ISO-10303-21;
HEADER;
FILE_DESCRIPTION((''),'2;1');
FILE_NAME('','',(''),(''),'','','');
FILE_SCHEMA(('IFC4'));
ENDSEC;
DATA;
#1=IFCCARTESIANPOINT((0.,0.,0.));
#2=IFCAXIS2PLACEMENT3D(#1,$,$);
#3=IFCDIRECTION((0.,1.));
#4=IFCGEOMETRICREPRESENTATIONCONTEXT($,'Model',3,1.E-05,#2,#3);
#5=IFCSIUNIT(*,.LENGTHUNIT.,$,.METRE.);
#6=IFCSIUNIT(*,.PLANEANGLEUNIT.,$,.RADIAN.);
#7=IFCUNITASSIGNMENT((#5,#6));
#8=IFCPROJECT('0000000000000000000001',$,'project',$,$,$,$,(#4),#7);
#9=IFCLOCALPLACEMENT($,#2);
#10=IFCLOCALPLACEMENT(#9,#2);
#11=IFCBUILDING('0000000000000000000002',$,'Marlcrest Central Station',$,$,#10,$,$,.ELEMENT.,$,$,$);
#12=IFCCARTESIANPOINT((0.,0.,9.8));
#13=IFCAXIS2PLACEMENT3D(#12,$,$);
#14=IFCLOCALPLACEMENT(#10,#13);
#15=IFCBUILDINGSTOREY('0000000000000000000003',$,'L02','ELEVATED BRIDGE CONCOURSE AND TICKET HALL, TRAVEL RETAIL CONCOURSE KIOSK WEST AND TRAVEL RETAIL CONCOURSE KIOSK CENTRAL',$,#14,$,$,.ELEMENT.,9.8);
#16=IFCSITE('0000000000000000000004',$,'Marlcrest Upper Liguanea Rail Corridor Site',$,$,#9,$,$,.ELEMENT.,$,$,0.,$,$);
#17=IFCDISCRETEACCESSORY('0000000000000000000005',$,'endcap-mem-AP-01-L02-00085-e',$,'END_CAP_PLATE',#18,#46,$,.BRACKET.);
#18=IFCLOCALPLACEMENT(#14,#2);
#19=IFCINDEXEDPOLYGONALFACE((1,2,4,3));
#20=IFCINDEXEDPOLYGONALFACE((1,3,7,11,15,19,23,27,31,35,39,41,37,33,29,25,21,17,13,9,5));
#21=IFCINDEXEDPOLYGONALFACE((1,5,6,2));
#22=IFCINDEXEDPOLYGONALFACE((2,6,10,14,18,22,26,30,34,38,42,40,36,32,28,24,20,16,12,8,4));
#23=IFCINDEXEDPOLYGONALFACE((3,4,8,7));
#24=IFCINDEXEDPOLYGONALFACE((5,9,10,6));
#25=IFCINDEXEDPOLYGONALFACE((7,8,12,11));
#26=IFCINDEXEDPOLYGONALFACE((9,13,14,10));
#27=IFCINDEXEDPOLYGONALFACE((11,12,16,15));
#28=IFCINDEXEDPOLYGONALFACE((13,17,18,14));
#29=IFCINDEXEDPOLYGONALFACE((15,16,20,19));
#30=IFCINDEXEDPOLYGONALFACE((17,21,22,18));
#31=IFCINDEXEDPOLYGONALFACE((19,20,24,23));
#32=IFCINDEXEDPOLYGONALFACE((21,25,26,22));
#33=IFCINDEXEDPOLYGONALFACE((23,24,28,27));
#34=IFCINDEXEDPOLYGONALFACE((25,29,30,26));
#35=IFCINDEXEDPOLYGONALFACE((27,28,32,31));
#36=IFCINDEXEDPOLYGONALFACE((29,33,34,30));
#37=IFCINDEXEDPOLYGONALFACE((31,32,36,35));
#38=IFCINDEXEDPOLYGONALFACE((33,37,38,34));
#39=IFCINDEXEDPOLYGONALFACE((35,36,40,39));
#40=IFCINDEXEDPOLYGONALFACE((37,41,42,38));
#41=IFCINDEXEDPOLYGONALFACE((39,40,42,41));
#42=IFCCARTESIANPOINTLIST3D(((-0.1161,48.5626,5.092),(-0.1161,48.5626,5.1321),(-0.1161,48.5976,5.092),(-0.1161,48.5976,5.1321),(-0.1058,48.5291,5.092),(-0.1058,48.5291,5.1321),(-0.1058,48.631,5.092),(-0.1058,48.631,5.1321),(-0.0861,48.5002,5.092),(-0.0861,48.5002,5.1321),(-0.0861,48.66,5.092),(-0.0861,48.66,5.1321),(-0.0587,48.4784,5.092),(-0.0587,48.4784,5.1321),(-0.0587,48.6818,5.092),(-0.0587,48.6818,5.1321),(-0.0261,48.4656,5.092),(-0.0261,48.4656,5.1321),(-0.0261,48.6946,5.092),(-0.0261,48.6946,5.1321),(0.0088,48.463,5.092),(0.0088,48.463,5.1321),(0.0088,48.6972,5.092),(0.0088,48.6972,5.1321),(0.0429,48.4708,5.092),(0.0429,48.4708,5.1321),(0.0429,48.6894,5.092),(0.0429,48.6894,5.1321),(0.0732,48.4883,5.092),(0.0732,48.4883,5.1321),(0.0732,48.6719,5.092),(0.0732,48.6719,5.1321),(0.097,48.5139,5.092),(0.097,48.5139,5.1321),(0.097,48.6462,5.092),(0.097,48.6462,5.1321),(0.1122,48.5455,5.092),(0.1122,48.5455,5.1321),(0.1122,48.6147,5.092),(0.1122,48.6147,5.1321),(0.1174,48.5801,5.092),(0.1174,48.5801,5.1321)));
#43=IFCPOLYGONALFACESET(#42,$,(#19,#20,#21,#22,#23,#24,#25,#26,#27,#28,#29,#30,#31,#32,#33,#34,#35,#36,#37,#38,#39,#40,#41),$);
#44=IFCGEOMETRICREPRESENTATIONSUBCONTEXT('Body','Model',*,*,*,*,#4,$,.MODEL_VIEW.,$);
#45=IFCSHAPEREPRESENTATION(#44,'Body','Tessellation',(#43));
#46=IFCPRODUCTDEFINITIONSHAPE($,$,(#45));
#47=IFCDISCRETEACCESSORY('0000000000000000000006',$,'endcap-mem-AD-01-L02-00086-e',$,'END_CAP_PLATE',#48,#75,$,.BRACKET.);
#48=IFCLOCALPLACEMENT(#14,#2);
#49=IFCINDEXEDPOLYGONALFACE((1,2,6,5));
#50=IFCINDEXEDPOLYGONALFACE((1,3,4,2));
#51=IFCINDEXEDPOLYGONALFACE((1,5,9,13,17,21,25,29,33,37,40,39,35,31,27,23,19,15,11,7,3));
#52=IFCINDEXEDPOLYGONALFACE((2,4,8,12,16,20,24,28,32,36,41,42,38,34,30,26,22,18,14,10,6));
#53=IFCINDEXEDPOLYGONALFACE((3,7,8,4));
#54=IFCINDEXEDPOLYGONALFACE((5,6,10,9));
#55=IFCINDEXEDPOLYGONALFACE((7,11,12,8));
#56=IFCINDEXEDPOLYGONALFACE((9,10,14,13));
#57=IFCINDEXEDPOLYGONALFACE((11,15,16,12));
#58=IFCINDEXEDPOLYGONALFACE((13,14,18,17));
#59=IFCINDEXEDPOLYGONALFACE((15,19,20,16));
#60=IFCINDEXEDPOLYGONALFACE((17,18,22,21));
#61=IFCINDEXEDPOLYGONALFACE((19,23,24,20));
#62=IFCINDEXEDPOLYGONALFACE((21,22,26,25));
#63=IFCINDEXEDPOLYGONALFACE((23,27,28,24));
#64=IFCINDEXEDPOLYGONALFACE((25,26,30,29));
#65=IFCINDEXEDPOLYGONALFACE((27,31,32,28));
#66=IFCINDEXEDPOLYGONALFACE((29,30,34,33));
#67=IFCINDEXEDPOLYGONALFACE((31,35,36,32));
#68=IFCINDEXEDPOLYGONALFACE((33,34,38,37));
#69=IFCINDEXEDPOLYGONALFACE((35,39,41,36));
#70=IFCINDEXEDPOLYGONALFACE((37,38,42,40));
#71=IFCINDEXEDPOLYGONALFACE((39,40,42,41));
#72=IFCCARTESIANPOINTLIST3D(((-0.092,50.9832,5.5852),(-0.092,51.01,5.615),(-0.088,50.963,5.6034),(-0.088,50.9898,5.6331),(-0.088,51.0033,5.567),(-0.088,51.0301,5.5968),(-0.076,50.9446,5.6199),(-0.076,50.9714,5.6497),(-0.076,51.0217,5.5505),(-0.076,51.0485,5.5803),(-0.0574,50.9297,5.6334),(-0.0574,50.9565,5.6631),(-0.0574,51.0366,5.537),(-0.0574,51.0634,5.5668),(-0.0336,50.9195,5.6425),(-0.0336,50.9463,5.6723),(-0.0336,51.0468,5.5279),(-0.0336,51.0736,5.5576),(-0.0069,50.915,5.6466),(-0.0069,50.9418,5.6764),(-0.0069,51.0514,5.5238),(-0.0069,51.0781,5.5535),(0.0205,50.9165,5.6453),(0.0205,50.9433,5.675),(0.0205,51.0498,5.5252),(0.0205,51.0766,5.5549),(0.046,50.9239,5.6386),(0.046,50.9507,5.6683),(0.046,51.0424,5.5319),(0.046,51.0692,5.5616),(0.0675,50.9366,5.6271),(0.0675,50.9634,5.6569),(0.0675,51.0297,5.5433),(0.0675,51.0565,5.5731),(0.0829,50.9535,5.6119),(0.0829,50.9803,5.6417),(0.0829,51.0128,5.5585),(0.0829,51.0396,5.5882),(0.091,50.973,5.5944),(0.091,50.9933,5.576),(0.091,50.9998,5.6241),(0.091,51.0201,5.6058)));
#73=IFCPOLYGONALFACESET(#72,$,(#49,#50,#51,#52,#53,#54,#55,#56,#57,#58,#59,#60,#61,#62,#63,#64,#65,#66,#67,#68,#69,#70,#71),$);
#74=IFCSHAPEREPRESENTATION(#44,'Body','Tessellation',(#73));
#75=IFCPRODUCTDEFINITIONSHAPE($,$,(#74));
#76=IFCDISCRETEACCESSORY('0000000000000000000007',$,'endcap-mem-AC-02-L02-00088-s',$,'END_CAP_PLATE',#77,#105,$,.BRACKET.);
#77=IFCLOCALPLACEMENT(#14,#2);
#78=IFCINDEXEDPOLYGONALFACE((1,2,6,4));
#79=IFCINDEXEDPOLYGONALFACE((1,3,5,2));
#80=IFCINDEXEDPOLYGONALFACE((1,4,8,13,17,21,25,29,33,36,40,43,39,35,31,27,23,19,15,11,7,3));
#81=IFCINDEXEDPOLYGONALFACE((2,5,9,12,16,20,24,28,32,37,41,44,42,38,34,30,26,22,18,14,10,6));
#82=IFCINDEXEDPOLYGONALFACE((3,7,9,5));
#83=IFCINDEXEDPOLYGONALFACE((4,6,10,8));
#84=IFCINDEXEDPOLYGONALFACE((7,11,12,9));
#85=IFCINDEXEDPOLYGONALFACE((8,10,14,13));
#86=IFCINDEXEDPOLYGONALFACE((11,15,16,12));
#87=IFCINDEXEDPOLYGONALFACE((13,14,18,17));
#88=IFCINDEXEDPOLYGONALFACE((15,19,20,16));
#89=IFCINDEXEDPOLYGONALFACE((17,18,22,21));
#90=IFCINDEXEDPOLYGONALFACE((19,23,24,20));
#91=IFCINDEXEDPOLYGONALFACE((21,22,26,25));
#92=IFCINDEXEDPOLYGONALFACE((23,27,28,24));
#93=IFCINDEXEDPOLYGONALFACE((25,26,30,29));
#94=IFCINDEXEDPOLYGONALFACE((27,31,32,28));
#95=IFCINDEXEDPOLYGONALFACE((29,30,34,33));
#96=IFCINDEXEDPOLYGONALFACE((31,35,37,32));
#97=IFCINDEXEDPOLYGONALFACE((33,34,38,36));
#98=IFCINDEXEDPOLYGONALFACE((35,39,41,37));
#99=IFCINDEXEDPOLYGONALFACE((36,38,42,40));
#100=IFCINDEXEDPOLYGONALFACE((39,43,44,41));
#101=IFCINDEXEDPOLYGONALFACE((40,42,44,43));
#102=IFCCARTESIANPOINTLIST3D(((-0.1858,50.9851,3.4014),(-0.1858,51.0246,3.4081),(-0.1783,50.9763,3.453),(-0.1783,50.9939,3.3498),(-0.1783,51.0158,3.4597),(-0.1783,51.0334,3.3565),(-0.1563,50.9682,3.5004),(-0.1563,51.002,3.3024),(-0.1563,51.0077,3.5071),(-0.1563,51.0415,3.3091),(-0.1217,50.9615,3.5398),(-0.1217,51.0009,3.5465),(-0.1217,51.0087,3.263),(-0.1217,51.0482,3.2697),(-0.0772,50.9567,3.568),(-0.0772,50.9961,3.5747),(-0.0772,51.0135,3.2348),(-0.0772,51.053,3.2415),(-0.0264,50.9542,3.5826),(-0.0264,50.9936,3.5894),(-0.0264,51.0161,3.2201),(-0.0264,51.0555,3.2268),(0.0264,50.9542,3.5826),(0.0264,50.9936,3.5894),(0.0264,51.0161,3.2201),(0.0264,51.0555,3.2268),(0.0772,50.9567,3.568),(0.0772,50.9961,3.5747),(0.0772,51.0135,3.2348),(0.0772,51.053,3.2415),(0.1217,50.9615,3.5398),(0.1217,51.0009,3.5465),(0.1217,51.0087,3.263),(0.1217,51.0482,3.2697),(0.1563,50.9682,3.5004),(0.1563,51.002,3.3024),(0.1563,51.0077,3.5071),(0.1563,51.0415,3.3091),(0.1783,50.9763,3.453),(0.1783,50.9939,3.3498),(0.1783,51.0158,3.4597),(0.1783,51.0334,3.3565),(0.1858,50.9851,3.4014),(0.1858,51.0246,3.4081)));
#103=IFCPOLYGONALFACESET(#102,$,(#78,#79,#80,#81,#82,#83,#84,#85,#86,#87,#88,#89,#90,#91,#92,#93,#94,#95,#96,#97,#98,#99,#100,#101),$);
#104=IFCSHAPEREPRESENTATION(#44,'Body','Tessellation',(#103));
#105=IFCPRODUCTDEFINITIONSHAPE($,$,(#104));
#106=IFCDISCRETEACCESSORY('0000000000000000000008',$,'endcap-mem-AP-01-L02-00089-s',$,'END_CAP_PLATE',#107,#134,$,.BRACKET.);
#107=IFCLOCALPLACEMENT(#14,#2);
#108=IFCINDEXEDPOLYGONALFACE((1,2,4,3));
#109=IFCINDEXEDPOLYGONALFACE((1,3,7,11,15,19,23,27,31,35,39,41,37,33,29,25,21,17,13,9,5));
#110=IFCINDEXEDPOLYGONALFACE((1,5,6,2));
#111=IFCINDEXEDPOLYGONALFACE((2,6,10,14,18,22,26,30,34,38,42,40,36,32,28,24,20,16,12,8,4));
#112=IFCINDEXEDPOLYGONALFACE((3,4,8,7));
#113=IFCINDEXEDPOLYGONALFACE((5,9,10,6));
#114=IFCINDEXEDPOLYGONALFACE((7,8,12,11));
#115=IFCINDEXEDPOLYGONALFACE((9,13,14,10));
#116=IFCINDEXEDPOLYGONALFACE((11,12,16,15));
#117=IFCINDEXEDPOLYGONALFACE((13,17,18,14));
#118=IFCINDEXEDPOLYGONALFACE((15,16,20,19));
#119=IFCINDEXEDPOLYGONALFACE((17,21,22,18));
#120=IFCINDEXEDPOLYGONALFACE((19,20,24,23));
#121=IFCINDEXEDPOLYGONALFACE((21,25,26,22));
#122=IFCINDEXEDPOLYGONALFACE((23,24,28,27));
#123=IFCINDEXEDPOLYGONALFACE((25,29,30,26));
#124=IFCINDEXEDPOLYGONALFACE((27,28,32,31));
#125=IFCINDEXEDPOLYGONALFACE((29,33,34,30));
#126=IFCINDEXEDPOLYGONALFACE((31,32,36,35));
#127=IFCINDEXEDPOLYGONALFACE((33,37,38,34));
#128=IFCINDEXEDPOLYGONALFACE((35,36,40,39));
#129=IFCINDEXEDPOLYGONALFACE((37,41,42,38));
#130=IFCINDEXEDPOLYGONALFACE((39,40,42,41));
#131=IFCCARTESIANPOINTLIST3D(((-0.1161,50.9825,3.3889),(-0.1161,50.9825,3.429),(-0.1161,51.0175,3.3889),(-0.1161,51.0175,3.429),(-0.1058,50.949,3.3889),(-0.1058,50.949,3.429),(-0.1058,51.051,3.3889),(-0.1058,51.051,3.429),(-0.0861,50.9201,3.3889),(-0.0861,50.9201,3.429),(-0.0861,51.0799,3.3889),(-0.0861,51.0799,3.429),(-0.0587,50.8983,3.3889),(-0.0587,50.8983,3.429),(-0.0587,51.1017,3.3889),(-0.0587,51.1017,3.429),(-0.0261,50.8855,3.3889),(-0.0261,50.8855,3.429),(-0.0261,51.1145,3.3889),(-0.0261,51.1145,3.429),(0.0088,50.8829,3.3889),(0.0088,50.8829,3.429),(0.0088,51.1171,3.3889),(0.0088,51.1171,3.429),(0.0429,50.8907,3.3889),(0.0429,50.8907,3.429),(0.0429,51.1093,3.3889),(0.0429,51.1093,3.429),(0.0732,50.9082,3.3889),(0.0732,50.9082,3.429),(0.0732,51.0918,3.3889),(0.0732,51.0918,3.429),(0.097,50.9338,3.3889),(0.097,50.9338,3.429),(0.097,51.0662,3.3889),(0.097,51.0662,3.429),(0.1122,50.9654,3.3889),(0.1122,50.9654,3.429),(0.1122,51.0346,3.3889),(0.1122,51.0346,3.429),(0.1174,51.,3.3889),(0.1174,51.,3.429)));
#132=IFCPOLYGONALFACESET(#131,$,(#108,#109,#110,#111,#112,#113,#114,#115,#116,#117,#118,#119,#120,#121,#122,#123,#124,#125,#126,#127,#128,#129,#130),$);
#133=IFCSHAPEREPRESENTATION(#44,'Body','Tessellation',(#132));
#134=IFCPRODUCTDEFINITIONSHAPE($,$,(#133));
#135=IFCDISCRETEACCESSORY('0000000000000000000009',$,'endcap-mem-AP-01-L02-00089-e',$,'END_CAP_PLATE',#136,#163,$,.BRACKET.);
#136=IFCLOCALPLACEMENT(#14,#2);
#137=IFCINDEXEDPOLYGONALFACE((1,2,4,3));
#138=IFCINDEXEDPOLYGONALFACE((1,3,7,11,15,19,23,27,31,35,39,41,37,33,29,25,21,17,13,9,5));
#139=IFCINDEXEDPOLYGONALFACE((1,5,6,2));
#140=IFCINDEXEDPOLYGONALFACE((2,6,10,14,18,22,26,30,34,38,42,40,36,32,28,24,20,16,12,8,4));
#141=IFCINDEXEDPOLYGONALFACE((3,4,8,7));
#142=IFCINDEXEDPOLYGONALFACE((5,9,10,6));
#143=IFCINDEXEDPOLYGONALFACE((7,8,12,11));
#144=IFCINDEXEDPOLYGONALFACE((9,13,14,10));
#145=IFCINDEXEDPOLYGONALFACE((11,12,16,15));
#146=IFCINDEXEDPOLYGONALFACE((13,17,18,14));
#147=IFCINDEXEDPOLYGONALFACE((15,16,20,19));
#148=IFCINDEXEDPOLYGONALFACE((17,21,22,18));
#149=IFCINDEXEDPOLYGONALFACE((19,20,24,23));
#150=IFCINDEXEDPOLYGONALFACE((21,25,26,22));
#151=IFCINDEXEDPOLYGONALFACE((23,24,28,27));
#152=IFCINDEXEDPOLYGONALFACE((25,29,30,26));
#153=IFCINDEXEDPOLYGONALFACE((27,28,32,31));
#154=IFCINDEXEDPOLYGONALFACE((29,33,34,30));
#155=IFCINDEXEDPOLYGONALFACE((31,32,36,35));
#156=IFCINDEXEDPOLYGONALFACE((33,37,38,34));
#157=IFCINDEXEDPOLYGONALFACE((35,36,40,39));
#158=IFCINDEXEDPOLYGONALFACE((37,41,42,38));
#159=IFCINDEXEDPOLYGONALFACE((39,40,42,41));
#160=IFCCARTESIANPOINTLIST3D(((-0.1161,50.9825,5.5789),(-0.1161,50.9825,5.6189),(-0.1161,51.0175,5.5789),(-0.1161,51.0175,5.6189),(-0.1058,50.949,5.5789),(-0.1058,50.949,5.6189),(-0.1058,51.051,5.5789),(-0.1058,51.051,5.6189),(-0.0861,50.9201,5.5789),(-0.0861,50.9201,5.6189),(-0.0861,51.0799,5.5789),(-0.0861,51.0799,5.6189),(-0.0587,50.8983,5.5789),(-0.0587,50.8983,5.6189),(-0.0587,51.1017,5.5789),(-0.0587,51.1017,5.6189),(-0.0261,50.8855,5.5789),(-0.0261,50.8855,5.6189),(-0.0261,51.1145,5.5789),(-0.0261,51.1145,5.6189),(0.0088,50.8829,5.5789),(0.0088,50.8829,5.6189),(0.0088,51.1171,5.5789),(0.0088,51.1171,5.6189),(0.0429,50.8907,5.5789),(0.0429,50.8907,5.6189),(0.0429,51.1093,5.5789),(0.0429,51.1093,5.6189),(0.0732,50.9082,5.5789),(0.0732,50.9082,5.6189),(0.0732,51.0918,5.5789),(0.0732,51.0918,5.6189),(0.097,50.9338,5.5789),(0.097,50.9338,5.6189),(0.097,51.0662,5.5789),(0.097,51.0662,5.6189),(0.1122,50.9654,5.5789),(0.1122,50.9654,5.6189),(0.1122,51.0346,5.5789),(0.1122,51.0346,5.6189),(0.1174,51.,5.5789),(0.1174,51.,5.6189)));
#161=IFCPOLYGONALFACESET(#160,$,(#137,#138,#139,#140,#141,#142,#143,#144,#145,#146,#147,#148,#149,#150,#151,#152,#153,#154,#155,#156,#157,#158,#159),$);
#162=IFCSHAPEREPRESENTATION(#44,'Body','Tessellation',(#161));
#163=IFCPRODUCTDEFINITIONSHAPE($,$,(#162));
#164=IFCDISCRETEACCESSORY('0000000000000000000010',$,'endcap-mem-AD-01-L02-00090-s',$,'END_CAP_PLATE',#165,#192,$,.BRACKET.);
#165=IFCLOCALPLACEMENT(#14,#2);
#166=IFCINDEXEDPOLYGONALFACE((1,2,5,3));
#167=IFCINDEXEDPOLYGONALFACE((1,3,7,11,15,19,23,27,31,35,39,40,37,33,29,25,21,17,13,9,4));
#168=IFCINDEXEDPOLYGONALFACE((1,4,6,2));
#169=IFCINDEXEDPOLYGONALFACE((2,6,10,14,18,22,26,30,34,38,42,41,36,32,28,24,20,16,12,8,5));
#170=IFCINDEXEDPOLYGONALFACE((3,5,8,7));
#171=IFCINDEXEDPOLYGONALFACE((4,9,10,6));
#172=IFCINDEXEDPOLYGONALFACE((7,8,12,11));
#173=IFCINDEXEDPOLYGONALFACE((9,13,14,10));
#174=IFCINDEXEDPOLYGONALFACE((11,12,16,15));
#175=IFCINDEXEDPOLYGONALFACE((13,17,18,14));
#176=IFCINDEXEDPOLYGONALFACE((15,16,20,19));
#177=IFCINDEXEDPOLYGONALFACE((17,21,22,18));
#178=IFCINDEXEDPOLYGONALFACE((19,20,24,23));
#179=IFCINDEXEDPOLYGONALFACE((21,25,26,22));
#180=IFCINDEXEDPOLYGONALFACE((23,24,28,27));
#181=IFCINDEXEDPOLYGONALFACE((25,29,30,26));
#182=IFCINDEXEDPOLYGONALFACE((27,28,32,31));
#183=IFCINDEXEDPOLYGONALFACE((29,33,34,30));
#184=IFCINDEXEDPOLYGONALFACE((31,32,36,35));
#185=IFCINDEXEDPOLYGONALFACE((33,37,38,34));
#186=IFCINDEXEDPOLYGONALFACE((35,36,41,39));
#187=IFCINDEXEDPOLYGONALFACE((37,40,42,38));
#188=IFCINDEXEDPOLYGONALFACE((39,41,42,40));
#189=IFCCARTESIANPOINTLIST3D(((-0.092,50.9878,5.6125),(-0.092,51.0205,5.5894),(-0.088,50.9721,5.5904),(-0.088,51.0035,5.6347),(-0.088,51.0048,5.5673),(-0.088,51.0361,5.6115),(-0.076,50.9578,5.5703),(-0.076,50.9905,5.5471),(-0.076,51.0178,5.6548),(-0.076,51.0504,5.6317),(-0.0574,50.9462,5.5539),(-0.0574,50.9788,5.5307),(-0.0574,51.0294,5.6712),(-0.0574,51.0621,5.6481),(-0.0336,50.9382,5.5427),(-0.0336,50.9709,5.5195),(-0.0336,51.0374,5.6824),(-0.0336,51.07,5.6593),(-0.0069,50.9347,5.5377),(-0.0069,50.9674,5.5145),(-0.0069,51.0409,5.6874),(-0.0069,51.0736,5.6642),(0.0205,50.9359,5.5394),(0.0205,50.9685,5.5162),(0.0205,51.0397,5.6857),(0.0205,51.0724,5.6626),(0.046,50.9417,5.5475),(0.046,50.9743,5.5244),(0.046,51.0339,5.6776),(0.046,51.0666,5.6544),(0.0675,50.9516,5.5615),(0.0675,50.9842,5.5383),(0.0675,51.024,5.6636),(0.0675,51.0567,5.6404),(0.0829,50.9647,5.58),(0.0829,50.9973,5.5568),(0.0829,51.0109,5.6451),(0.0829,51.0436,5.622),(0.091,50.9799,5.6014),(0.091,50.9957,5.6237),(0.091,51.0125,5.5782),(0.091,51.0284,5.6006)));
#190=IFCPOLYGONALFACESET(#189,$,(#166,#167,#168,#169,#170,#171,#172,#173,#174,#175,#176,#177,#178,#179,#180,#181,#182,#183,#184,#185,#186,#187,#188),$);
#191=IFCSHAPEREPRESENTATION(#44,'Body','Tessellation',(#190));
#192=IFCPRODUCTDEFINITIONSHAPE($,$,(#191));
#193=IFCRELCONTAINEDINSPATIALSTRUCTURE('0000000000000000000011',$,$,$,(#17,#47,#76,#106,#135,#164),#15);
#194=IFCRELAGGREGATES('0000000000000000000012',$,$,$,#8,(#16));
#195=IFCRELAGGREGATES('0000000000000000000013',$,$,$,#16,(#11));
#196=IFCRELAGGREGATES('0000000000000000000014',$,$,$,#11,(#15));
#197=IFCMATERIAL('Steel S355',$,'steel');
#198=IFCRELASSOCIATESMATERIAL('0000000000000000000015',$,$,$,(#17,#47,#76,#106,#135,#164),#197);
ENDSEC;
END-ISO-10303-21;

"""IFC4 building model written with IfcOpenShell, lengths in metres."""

from ifc_helpers import new_model, si_unit, direction, frame, origin, origin_2d, place, context, subcontext, project, spatial, circle, extrude, material, element, save


model = new_model("IFC4")

# Units and contexts
model_context = context("Model", 3, precision=1e-05, world=origin(), true_north=direction((0.0, 1.0)))
body_context = subcontext(model_context, "Body", "Model", "MODEL_VIEW")
ifc_project = project(units=[si_unit("LENGTHUNIT", "METRE"), si_unit("PLANEANGLEUNIT", "RADIAN")], contexts=[model_context])

# Site, building, storey
site_placement = place(None, origin())
site = spatial("IfcSite", under=ifc_project, at=site_placement, Name="Marlcrest Upper Liguanea Rail Corridor Site", CompositionType="ELEMENT", RefElevation=0.0)
building_placement = place(site_placement, origin())
building = spatial("IfcBuilding", under=site, at=building_placement, Name="Marlcrest Central Station", CompositionType="ELEMENT")
storey_placement = place(building_placement, frame((0.0, 0.0, 9.8)))
storey = spatial("IfcBuildingStorey", under=building, at=storey_placement, Name="L02", Description="ELEVATED BRIDGE CONCOURSE AND TICKET HALL, TRAVEL RETAIL CONCOURSE KIOSK WEST AND TRAVEL RETAIL CONCOURSE KIOSK CENTRAL", CompositionType="ELEMENT", Elevation=9.8)

# Shared definitions
ifc_material = material(Name="Steel S355", Category="steel")

# Discrete accessories
for number, where, z_axis, x_axis, name in (
    (1, (0.0, 48.5801, 5.092), (0.0, 0.0, 1.0), (1.0, 0.0, 0.0), "endcap-mem-AP-01-L02-00085-e"),
):
    element("IfcDiscreteAccessory", number, at=place(storey_placement, frame(where, z_axis=z_axis, x_axis=x_axis)), inside=storey, material=ifc_material, Name=name, ObjectType="END_CAP_PLATE", PredefinedType="BRACKET", context=body_context, shape_type="SweptSolid", body=[
        extrude(circle(Radius=0.1174, at=origin_2d()), origin(), (0.0, 0.0, 1.0), 0.04),
    ])
discrete_accessory_1_placement = place(storey_placement, frame((0.0, 50.9832, 5.5852), z_axis=(0.0, 0.669244, 0.743042), x_axis=(-1.0, 0.0, 0.0)))
element("IfcDiscreteAccessory", 2, at=discrete_accessory_1_placement, inside=storey, material=ifc_material, Name="endcap-mem-AD-01-L02-00086-e", ObjectType="END_CAP_PLATE", PredefinedType="BRACKET", context=body_context, shape_type="SweptSolid", body=[
    extrude(circle(Radius=0.092, at=origin_2d()), origin(), (0.0, 0.0, 1.0), 0.04),
])
discrete_accessory_2_placement = place(storey_placement, frame((0.0, 50.9851, 3.4014), z_axis=(0.0, 0.985741, 0.168269), x_axis=(-1.0, 0.0, 0.0)))
element("IfcDiscreteAccessory", 3, at=discrete_accessory_2_placement, inside=storey, material=ifc_material, Name="endcap-mem-AC-02-L02-00088-s", ObjectType="END_CAP_PLATE", PredefinedType="BRACKET", context=body_context, shape_type="SweptSolid", body=[
    extrude(circle(Radius=0.1858, at=origin_2d()), origin(), (0.0, 0.0, 1.0), 0.04),
])
for number, where, z_axis, x_axis, name in (
    (4, (0.0, 51.0, 3.3889), (0.0, 0.0, 1.0), (1.0, 0.0, 0.0), "endcap-mem-AP-01-L02-00089-s"),
    (5, (0.0, 51.0, 5.5789), (0.0, 0.0, 1.0), (1.0, 0.0, 0.0), "endcap-mem-AP-01-L02-00089-e"),
):
    element("IfcDiscreteAccessory", number, at=place(storey_placement, frame(where, z_axis=z_axis, x_axis=x_axis)), inside=storey, material=ifc_material, Name=name, ObjectType="END_CAP_PLATE", PredefinedType="BRACKET", context=body_context, shape_type="SweptSolid", body=[
        extrude(circle(Radius=0.1174, at=origin_2d()), origin(), (0.0, 0.0, 1.0), 0.04),
    ])
discrete_accessory_3_placement = place(storey_placement, frame((0.0, 50.9878, 5.6125), z_axis=(0.0, 0.815661, -0.57853), x_axis=(-1.0, 0.0, 0.0)))
element("IfcDiscreteAccessory", 6, at=discrete_accessory_3_placement, inside=storey, material=ifc_material, Name="endcap-mem-AD-01-L02-00090-s", ObjectType="END_CAP_PLATE", PredefinedType="BRACKET", context=body_context, shape_type="SweptSolid", body=[
    extrude(circle(Radius=0.092, at=origin_2d()), origin(), (0.0, 0.0, 1.0), 0.04),
])

save(model, "model.ifc")
